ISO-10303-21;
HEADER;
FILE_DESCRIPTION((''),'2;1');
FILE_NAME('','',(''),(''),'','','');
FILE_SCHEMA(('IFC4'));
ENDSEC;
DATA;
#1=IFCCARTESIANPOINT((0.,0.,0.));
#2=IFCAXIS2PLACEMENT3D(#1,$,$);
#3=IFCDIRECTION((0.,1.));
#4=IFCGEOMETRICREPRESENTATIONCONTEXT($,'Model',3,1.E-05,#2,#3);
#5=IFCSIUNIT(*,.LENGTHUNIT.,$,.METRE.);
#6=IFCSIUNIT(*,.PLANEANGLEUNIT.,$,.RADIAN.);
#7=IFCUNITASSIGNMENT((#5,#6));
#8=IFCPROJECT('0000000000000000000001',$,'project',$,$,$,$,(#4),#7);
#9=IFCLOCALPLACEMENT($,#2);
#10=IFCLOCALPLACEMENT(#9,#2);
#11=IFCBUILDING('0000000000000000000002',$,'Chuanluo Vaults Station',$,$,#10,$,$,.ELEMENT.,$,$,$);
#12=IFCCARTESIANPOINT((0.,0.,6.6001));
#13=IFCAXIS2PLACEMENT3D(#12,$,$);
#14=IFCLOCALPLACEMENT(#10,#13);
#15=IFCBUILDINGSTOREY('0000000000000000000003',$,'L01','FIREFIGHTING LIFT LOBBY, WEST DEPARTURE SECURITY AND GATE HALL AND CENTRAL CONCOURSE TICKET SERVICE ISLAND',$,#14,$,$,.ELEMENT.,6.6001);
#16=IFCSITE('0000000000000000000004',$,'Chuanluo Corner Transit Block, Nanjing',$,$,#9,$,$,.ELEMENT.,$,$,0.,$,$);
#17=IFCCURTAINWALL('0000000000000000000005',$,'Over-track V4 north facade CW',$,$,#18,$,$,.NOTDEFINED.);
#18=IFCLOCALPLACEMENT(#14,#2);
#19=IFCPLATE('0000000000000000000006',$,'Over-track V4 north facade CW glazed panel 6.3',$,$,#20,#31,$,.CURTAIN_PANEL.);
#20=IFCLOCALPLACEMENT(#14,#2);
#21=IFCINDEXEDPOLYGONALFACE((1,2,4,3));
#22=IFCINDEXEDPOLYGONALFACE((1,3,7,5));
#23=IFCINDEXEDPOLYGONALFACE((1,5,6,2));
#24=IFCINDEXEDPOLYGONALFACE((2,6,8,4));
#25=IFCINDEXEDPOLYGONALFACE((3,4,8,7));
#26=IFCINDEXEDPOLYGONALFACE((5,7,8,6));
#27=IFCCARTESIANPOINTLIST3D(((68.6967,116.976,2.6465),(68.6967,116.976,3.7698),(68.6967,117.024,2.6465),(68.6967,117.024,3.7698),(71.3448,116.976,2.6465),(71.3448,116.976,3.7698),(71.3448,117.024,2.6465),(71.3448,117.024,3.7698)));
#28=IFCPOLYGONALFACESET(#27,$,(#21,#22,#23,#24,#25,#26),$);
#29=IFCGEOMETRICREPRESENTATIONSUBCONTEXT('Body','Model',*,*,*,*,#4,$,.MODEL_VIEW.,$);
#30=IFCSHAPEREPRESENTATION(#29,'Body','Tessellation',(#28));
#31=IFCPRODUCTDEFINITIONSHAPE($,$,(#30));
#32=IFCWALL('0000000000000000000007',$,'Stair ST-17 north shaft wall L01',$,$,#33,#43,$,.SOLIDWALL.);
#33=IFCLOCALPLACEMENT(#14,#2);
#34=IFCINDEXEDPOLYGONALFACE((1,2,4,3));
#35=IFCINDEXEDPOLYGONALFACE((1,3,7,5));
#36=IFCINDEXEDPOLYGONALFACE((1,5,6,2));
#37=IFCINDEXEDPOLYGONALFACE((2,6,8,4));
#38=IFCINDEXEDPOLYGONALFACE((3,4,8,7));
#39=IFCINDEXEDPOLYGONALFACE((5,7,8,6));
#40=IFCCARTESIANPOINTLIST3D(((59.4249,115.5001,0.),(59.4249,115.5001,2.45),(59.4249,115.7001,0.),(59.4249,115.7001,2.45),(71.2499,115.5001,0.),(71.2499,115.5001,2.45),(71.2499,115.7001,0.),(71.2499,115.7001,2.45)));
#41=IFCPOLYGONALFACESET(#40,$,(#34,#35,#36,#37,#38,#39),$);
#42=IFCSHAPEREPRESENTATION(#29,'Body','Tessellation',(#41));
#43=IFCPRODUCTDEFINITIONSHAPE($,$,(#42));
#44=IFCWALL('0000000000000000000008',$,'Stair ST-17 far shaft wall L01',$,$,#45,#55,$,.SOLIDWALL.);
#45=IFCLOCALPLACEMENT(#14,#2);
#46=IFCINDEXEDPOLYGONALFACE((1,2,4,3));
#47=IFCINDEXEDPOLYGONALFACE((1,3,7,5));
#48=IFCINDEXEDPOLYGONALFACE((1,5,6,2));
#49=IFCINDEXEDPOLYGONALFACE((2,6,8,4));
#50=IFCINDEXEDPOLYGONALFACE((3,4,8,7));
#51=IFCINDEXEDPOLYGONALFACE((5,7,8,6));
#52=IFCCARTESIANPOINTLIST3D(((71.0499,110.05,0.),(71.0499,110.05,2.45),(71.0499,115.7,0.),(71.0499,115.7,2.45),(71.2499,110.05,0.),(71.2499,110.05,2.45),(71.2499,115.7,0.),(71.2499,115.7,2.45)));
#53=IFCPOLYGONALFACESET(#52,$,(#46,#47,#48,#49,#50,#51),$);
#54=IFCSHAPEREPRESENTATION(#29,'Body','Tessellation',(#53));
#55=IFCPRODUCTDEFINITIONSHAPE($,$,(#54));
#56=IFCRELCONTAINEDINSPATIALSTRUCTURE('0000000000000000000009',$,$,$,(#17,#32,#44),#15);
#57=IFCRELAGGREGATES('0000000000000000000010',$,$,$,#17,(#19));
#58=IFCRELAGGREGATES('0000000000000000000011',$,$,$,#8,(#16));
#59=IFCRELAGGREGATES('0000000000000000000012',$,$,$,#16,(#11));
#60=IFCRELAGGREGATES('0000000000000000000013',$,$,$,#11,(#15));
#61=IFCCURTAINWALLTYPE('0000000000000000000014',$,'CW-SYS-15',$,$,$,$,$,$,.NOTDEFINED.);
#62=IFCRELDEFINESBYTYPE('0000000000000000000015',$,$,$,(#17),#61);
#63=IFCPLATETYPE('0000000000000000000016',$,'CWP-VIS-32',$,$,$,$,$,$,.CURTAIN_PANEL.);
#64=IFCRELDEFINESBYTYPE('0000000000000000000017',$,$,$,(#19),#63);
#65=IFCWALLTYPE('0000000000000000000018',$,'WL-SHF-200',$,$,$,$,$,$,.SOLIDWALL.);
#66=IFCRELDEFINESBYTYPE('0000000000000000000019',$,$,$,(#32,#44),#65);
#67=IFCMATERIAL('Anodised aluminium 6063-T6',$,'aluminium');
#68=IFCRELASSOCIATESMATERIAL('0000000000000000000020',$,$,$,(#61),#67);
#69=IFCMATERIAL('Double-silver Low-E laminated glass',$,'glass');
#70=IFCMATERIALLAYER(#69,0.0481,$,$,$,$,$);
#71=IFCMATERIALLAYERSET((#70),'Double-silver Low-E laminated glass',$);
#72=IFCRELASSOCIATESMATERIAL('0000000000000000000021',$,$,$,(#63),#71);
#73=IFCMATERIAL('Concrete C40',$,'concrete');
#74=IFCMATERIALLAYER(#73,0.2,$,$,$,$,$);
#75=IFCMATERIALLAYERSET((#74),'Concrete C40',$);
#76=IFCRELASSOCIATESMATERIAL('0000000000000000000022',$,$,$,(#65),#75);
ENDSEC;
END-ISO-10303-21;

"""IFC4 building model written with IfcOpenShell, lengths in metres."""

from ifc_helpers import new_model, si_unit, direction, frame, frame_2d, origin, origin_2d, place, context, subcontext, project, spatial, rectangle, extrude, material, layer, layer_set, type_object, element, aggregate, save


model = new_model("IFC4")

# Units and contexts
model_context = context("Model", 3, precision=1e-05, world=origin(), true_north=direction((0.0, 1.0)))
body_context = subcontext(model_context, "Body", "Model", "MODEL_VIEW")
ifc_project = project(units=[si_unit("LENGTHUNIT", "METRE"), si_unit("PLANEANGLEUNIT", "RADIAN")], contexts=[model_context])

# Site, building, storey
site_placement = place(None, origin())
site = spatial("IfcSite", under=ifc_project, at=site_placement, Name="Chuanluo Corner Transit Block, Nanjing", CompositionType="ELEMENT", RefElevation=0.0)
building_placement = place(site_placement, origin())
building = spatial("IfcBuilding", under=site, at=building_placement, Name="Chuanluo Vaults Station", CompositionType="ELEMENT")
storey_placement = place(building_placement, frame((0.0, 0.0, 6.6001)))
storey = spatial("IfcBuildingStorey", under=building, at=storey_placement, Name="L01", Description="FIREFIGHTING LIFT LOBBY, WEST DEPARTURE SECURITY AND GATE HALL AND CENTRAL CONCOURSE TICKET SERVICE ISLAND", CompositionType="ELEMENT", Elevation=6.6001)

# Curtain wall, plate
ifc_material_1 = material(Name="Anodised aluminium 6063-T6", Category="aluminium")
curtain_wall_type = type_object("IfcCurtainWallType", Name="CW-SYS-15", PredefinedType="NOTDEFINED", material=ifc_material_1)
curtain_wall_placement = place(storey_placement, origin())
curtain_wall = element("IfcCurtainWall", 1, at=curtain_wall_placement, inside=storey, type_object=curtain_wall_type, Name="Over-track V4 north facade CW", PredefinedType="NOTDEFINED")
ifc_material_2 = material(Name="Double-silver Low-E laminated glass", Category="glass")
ifc_layer_1 = layer(ifc_material_2, 0.0481)
ifc_layer_set_1 = layer_set([ifc_layer_1], Name="Double-silver Low-E laminated glass")
plate_type_1 = type_object("IfcPlateType", Name="CWP-VIS-32", PredefinedType="CURTAIN_PANEL", material=ifc_layer_set_1)
plate_1_placement = place(storey_placement, frame((70.0208, 117.0, 2.6465), z_axis=(0.0, 0.0, 1.0), x_axis=(1.0, 0.0, 0.0)))
plate_1 = element("IfcPlate", 2, at=plate_1_placement, type_object=plate_type_1, Name="Over-track V4 north facade CW glazed panel 6.3", PredefinedType="CURTAIN_PANEL", context=body_context, shape_type="SweptSolid", body=[
    extrude(rectangle(XDim=2.6482, YDim=0.0481, at=origin_2d()), origin(), (0.0, 0.0, 1.0), 1.1233),
])
aggregate(curtain_wall, [plate_1])

# Walls
ifc_material_3 = material(Name="Concrete C40", Category="concrete")
ifc_layer_2 = layer(ifc_material_3, 0.2)
ifc_layer_set_2 = layer_set([ifc_layer_2], Name="Concrete C40")
wall_type = type_object("IfcWallType", Name="WL-SHF-200", PredefinedType="SOLIDWALL", material=ifc_layer_set_2)
wall_1_placement = place(storey_placement, frame((71.25, 115.6001, 0.0), z_axis=(0.0, 0.0, 1.0), x_axis=(-1.0, 0.0, 0.0)))
element("IfcWall", 3, at=wall_1_placement, inside=storey, type_object=wall_type, Name="Stair ST-17 north shaft wall L01", PredefinedType="SOLIDWALL", context=body_context, shape_type="SweptSolid", body=[
    extrude(rectangle(XDim=11.825, YDim=0.2, at=frame_2d((5.9126, 0.0))), origin(), (0.0, 0.0, 1.0), 2.45),
])
wall_2_placement = place(storey_placement, frame((71.1499, 110.05, 0.0), z_axis=(0.0, 0.0, 1.0), x_axis=(0.0, 1.0, 0.0)))
element("IfcWall", 4, at=wall_2_placement, inside=storey, type_object=wall_type, Name="Stair ST-17 far shaft wall L01", PredefinedType="SOLIDWALL", context=body_context, shape_type="SweptSolid", body=[
    extrude(rectangle(XDim=5.6499, YDim=0.2, at=frame_2d((2.825, 0.0))), origin(), (0.0, 0.0, 1.0), 2.45),
])

save(model, "model.ifc")
